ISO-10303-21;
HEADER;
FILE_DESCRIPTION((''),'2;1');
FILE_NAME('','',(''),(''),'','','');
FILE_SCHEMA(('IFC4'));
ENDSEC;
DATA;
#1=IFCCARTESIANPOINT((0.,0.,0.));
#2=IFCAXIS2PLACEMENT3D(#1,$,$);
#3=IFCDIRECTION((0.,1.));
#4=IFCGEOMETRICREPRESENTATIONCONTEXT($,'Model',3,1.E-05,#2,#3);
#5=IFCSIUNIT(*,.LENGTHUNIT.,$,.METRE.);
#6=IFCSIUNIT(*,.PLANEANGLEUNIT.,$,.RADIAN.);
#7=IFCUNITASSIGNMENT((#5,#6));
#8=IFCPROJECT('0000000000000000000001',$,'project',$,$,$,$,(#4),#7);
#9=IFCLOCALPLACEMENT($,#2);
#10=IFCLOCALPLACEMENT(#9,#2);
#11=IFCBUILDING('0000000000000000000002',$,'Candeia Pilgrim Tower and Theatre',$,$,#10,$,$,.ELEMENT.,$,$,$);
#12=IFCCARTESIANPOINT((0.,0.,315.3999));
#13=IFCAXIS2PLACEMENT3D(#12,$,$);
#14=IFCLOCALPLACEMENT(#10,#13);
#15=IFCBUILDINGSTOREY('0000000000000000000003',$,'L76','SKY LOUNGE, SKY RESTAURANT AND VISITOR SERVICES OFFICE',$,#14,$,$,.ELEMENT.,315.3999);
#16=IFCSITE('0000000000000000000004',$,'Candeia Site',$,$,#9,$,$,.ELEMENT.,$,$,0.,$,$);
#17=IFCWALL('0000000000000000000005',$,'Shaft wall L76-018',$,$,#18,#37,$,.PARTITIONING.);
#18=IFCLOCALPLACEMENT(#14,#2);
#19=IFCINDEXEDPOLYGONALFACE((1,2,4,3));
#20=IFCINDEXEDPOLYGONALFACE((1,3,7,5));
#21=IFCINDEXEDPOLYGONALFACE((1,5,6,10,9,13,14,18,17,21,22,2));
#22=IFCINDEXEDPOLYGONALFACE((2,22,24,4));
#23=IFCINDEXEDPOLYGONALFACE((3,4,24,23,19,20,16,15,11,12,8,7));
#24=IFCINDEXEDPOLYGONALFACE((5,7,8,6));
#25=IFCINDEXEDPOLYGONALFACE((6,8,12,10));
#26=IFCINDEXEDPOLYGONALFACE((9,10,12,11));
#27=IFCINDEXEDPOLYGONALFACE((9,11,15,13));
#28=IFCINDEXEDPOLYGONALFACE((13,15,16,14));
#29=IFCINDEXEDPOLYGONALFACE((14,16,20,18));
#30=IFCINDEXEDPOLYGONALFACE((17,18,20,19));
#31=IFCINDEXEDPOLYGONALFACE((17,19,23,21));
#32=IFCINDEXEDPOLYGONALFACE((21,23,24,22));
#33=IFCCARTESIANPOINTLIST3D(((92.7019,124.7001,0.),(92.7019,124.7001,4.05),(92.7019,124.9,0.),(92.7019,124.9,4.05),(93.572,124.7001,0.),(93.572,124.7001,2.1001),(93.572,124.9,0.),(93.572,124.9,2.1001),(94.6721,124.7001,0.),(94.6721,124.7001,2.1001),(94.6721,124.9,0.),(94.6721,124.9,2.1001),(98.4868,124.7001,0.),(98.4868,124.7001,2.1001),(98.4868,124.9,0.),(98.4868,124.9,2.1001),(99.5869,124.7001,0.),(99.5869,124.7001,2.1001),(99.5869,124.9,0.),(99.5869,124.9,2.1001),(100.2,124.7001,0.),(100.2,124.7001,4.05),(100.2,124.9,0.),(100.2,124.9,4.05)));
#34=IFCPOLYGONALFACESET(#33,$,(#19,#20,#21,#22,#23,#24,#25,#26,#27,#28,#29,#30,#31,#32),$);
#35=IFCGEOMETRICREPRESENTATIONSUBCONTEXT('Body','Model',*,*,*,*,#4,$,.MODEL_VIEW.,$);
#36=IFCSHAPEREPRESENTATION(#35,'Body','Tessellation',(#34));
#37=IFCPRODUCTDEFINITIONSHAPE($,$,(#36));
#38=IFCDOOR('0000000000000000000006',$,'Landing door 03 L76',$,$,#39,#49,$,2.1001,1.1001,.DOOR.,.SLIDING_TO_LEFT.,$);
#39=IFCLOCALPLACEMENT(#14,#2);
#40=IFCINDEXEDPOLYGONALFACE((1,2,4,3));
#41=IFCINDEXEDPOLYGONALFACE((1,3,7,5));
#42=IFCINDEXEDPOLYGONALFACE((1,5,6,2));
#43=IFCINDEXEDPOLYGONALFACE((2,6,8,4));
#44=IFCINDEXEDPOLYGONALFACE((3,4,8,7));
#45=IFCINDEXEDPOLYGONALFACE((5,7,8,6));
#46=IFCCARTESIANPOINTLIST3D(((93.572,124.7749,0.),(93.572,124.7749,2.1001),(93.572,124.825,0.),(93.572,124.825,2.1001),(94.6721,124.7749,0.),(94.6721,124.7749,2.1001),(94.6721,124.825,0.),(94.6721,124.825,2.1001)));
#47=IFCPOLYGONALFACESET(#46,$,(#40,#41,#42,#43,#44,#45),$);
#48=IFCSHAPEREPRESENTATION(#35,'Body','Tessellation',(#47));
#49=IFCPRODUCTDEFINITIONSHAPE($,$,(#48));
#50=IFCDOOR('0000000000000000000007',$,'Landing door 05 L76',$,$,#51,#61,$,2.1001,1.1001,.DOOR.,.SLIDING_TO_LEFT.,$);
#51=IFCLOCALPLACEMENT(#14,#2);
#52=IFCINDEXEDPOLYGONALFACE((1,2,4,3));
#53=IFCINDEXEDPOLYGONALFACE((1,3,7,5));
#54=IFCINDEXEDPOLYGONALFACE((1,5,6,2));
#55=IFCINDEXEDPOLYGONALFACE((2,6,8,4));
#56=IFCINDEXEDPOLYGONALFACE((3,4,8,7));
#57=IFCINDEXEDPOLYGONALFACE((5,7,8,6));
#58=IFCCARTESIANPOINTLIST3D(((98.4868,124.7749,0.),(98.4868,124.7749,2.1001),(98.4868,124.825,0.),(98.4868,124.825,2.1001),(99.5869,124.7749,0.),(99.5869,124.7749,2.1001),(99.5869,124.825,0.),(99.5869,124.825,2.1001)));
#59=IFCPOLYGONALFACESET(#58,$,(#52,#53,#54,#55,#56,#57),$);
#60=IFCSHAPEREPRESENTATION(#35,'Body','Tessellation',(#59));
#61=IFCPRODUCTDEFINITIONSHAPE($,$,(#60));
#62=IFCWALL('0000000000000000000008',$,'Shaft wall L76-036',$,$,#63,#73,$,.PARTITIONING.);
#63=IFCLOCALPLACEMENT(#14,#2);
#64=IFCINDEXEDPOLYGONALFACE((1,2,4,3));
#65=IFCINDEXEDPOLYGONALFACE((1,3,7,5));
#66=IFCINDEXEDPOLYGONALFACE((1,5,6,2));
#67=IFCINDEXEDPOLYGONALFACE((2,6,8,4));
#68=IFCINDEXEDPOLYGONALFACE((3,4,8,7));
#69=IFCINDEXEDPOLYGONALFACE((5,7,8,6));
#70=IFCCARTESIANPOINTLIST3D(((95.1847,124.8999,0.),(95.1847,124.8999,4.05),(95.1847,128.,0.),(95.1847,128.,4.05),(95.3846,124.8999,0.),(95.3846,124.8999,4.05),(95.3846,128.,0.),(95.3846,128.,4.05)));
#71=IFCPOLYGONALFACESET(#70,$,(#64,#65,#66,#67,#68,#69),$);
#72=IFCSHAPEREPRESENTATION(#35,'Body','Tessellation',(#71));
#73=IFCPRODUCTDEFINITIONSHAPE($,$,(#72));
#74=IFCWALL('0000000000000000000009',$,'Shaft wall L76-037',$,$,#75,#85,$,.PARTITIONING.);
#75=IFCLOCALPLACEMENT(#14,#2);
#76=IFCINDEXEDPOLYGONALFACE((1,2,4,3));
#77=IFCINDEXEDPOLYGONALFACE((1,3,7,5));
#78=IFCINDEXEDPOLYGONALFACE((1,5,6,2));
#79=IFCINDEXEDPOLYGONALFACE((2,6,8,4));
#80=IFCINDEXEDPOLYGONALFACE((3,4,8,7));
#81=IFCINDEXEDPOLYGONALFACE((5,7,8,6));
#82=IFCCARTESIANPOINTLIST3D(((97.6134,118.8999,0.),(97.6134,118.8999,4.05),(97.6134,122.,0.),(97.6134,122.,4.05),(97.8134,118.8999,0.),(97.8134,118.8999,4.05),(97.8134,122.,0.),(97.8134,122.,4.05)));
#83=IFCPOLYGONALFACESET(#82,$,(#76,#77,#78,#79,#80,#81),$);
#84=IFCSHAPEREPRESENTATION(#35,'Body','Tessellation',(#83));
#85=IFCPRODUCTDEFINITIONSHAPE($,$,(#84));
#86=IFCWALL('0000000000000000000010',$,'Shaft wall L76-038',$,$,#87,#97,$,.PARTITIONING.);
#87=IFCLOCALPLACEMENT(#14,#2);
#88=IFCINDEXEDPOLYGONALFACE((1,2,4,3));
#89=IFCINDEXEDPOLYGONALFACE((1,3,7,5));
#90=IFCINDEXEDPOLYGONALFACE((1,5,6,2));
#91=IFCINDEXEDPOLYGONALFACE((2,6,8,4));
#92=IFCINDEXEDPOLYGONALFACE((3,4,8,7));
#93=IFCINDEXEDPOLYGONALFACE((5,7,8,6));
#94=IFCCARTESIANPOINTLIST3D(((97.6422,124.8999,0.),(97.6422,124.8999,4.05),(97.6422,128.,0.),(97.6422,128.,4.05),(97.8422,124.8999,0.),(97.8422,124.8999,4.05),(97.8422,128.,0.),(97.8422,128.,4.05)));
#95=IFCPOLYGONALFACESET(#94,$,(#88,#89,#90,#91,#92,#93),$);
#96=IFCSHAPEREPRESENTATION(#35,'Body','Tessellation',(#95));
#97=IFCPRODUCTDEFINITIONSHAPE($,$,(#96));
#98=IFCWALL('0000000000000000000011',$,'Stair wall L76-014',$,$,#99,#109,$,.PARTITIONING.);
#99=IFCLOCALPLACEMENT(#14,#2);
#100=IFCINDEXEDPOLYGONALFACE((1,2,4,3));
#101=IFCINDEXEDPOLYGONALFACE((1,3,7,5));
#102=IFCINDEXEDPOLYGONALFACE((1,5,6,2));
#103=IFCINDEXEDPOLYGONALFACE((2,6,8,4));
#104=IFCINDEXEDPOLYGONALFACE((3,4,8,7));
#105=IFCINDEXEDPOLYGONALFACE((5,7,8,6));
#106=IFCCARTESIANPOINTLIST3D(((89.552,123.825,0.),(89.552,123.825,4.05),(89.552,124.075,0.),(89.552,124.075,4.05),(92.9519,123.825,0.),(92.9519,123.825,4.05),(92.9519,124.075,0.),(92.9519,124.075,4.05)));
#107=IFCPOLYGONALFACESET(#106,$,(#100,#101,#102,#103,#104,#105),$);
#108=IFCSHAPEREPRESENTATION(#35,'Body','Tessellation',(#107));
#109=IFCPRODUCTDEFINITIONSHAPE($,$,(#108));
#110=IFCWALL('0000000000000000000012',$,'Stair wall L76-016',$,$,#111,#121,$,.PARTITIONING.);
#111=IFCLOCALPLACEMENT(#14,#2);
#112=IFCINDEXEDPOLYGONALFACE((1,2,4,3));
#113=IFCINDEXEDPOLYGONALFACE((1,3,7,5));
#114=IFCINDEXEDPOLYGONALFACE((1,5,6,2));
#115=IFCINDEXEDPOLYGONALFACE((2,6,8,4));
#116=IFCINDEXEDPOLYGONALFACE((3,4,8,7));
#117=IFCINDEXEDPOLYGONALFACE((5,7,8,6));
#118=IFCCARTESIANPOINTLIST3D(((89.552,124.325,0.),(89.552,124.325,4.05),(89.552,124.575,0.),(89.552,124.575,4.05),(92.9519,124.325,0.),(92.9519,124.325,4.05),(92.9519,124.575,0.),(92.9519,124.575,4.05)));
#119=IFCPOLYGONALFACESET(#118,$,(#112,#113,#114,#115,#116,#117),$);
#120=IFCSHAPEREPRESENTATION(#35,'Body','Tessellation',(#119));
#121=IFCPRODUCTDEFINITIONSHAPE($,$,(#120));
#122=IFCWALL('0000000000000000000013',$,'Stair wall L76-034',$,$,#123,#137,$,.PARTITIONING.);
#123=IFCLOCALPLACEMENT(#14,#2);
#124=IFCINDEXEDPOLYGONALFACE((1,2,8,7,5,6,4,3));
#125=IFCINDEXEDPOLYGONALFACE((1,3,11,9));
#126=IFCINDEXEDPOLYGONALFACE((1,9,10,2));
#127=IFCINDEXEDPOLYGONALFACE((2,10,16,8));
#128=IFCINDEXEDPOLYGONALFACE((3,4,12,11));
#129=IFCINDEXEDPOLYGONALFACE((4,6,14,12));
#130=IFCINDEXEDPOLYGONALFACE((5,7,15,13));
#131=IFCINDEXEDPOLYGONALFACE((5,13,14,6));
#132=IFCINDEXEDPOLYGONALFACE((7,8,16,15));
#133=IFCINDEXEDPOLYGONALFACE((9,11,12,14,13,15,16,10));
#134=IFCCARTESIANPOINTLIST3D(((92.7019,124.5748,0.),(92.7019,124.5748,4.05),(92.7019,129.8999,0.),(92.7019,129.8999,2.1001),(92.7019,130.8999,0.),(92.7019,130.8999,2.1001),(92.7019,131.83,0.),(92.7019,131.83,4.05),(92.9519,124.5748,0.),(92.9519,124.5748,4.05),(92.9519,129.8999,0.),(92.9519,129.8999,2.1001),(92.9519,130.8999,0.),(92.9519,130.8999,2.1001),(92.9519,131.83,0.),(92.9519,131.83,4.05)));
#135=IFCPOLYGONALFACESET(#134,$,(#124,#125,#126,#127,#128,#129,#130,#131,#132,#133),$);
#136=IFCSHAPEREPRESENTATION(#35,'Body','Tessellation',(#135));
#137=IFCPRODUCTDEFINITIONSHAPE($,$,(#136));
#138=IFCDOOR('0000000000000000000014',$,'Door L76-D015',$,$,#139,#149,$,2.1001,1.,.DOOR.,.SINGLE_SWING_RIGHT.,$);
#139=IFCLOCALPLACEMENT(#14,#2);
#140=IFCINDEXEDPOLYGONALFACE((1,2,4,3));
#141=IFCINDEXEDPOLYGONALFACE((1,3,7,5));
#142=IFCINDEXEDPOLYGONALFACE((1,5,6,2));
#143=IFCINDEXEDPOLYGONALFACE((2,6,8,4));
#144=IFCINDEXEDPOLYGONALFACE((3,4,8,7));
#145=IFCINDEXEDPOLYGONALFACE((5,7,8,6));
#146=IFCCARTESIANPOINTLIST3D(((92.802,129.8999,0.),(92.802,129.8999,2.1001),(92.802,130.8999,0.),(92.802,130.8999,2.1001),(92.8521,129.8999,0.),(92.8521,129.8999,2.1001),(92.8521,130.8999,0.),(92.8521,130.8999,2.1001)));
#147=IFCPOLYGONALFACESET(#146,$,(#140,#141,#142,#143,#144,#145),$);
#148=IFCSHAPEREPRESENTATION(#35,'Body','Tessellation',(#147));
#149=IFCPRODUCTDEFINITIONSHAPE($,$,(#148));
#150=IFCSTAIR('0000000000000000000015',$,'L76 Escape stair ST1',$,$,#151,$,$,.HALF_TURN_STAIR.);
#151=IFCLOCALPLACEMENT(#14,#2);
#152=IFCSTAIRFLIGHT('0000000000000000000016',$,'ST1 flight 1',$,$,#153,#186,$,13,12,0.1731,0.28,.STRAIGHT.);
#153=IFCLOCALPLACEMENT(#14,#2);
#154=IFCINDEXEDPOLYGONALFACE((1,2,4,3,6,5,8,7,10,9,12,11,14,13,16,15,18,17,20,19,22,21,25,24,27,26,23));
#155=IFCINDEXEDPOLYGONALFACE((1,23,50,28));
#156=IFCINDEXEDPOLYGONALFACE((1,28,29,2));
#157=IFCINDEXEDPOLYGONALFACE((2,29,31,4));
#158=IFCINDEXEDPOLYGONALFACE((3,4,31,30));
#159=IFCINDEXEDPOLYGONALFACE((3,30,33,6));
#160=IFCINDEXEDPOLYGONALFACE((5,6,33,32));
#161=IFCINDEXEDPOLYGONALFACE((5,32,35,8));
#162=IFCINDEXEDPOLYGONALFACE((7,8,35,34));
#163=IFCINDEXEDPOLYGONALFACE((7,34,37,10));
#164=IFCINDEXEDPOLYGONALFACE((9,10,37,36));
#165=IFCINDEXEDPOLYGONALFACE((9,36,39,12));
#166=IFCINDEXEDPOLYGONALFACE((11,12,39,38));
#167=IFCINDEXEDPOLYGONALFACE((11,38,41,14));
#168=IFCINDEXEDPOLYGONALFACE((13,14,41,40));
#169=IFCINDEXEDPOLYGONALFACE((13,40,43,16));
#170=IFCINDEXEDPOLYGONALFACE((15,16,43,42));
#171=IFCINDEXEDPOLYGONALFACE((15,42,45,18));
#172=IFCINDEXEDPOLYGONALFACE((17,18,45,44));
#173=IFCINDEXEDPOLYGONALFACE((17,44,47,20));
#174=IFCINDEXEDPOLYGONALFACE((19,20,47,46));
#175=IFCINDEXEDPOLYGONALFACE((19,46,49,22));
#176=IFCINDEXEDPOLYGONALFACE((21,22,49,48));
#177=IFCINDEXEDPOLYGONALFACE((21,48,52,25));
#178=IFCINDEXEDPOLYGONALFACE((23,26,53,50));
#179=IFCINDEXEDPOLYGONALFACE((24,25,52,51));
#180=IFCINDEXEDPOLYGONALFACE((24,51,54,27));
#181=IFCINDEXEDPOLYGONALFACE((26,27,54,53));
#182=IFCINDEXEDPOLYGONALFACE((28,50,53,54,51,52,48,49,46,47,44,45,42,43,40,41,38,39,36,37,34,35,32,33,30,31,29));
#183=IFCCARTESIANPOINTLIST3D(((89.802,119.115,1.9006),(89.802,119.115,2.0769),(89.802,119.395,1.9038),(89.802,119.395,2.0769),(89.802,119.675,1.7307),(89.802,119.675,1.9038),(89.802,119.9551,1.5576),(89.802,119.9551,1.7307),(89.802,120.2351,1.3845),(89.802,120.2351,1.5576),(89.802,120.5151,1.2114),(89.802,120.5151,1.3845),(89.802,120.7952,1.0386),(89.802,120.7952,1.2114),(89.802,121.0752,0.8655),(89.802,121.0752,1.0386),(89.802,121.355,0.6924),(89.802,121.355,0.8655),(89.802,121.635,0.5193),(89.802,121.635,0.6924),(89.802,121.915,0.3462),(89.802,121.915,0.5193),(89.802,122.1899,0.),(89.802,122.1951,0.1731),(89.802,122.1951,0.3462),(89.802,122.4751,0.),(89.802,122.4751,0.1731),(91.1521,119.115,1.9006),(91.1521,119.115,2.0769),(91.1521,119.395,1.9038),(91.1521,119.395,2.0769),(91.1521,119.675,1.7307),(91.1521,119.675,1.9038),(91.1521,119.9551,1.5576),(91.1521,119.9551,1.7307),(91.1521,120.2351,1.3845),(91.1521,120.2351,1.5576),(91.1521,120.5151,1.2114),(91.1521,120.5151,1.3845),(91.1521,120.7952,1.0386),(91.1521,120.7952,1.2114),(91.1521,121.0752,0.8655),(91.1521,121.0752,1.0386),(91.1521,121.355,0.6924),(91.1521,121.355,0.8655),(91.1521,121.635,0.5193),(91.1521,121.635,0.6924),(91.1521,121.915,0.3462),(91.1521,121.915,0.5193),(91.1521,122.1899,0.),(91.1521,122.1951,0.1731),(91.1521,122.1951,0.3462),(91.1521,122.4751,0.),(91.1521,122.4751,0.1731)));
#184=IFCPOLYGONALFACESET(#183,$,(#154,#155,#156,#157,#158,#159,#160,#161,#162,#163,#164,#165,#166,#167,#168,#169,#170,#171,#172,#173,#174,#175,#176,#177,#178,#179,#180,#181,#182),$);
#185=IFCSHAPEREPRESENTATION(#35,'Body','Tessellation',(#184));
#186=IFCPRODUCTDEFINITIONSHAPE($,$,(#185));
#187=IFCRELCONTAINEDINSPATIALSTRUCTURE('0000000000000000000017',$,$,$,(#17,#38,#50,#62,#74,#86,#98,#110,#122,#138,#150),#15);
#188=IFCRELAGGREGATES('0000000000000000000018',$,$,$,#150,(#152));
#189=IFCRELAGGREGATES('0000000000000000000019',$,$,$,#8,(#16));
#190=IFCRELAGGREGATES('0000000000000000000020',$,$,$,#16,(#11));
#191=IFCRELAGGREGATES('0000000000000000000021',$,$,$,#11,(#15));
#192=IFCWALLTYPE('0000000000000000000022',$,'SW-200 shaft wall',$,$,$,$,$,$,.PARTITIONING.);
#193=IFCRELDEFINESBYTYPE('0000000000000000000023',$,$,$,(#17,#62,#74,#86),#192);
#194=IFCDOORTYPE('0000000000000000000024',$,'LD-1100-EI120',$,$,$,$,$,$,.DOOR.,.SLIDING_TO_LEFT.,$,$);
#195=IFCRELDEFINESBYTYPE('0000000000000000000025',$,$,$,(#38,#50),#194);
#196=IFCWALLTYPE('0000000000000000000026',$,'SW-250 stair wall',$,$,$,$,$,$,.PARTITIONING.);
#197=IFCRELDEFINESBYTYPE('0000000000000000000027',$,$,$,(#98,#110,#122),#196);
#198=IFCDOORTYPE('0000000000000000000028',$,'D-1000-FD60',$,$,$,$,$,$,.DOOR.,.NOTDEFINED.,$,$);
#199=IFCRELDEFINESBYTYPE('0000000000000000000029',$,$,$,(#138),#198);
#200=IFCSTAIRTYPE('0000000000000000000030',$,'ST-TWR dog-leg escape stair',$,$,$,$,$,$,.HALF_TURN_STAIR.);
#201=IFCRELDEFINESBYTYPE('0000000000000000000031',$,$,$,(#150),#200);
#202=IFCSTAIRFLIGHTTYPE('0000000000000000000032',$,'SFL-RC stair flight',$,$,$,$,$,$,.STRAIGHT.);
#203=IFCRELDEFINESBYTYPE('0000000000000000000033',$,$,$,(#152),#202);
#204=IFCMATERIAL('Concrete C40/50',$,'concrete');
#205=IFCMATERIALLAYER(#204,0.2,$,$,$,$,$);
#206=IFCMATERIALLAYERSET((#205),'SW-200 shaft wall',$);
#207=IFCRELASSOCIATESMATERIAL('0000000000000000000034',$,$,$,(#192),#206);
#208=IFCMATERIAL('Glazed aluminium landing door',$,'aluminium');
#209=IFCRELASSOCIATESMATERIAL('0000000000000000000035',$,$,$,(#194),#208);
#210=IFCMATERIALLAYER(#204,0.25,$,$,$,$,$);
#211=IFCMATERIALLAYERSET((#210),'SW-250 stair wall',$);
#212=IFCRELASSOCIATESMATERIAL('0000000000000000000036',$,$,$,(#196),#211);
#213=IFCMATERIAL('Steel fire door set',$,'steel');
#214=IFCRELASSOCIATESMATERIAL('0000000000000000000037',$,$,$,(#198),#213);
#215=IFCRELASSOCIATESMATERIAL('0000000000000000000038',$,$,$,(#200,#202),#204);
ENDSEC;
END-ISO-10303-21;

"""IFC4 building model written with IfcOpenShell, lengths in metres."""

from ifc_helpers import new_model, si_unit, direction, frame, frame_2d, origin, place, context, subcontext, project, spatial, polyline, rectangle, outline, extrude, material, layer, layer_set, type_object, element, fill, aggregate, save


model = new_model("IFC4")

# Units and contexts
model_context = context("Model", 3, precision=1e-05, world=origin(), true_north=direction((0.0, 1.0)))
body_context = subcontext(model_context, "Body", "Model", "MODEL_VIEW")
ifc_project = project(units=[si_unit("LENGTHUNIT", "METRE"), si_unit("PLANEANGLEUNIT", "RADIAN")], contexts=[model_context])

# Site, building, storey
site_placement = place(None, origin())
site = spatial("IfcSite", under=ifc_project, at=site_placement, Name="Candeia Site", CompositionType="ELEMENT", RefElevation=0.0)
building_placement = place(site_placement, origin())
building = spatial("IfcBuilding", under=site, at=building_placement, Name="Candeia Pilgrim Tower and Theatre", CompositionType="ELEMENT")
storey_placement = place(building_placement, frame((0.0, 0.0, 315.3999)))
storey = spatial("IfcBuildingStorey", under=building, at=storey_placement, Name="L76", Description="SKY LOUNGE, SKY RESTAURANT AND VISITOR SERVICES OFFICE", CompositionType="ELEMENT", Elevation=315.3999)

# Shared definitions
ifc_material_1 = material(Name="Steel fire door set", Category="steel")

# Shared definitions
ifc_material_2 = material(Name="Concrete C40/50", Category="concrete")
ifc_layer_1 = layer(ifc_material_2, 0.2)
ifc_layer_set_1 = layer_set([ifc_layer_1], Name="SW-200 shaft wall")
wall_type_1 = type_object("IfcWallType", Name="SW-200 shaft wall", PredefinedType="PARTITIONING", material=ifc_layer_set_1)

# Wall, openings, doors
ifc_material_3 = material(Name="Glazed aluminium landing door", Category="aluminium")
door_type_1 = type_object("IfcDoorType", Name="LD-1100-EI120", OperationType="SLIDING_TO_LEFT", PredefinedType="DOOR", material=ifc_material_3)
wall_1_placement = place(storey_placement, frame((92.7019, 124.8, 0.0), z_axis=(0.0, 0.0, 1.0), x_axis=(1.0, 0.0, 0.0)))
wall_1 = element("IfcWall", 1, at=wall_1_placement, inside=storey, type_object=wall_type_1, Name="Shaft wall L76-018", PredefinedType="PARTITIONING", context=body_context, shape_type="SweptSolid", body=[
    extrude(rectangle(XDim=7.498, YDim=0.2, at=frame_2d((3.749, 0.0))), origin(), (0.0, 0.0, 1.0), 4.05),
])
opening_1_placement = place(wall_1_placement, frame((0.8701, 0.0, 0.0)))
opening_1 = element("IfcOpeningElement", 2, at=opening_1_placement, cuts=wall_1, PredefinedType="OPENING", context=body_context, shape_type="SweptSolid", body=[
    extrude(rectangle(XDim=1.1001, YDim=2.1001, at=frame_2d((0.55, 1.05))), frame((0.0, 0.1099, 0.0), z_axis=(0.0, -1.0, 0.0), x_axis=(1.0, 0.0, 0.0)), (0.0, 0.0, 1.0), 0.22),
])
opening_2_placement = place(wall_1_placement, frame((5.7849, 0.0, 0.0)))
opening_2 = element("IfcOpeningElement", 3, at=opening_2_placement, cuts=wall_1, PredefinedType="OPENING", context=body_context, shape_type="SweptSolid", body=[
    extrude(rectangle(XDim=1.1001, YDim=2.1001, at=frame_2d((0.55, 1.05))), frame((0.0, 0.1099, 0.0), z_axis=(0.0, -1.0, 0.0), x_axis=(1.0, 0.0, 0.0)), (0.0, 0.0, 1.0), 0.22),
])
door_1_placement = place(opening_1_placement, origin())
door_1 = element("IfcDoor", 4, at=door_1_placement, inside=storey, type_object=door_type_1, Name="Landing door 03 L76", OperationType="SLIDING_TO_LEFT", OverallHeight=2.1001, OverallWidth=1.1001, PredefinedType="DOOR", context=body_context, shape_type="SweptSolid", body=[
    extrude(rectangle(XDim=1.1001, YDim=2.1001, at=frame_2d((0.55, 1.05))), frame((0.0, 0.0249, 0.0), z_axis=(0.0, -1.0, 0.0), x_axis=(1.0, 0.0, 0.0)), (0.0, 0.0, 1.0), 0.05),
])
fill(opening_1, door_1)
door_2_placement = place(opening_2_placement, origin())
door_2 = element("IfcDoor", 5, at=door_2_placement, inside=storey, type_object=door_type_1, Name="Landing door 05 L76", OperationType="SLIDING_TO_LEFT", OverallHeight=2.1001, OverallWidth=1.1001, PredefinedType="DOOR", context=body_context, shape_type="SweptSolid", body=[
    extrude(rectangle(XDim=1.1001, YDim=2.1001, at=frame_2d((0.55, 1.05))), frame((0.0, 0.0249, 0.0), z_axis=(0.0, -1.0, 0.0), x_axis=(1.0, 0.0, 0.0)), (0.0, 0.0, 1.0), 0.05),
])
fill(opening_2, door_2)

# Walls
for number, where, z_axis, x_axis, name in (
    (6, (95.2847, 124.8999, 0.0), (0.0, 0.0, 1.0), (0.0, 1.0, 0.0), "Shaft wall L76-036"),
    (7, (97.7134, 118.8999, 0.0), (0.0, 0.0, 1.0), (0.0, 1.0, 0.0), "Shaft wall L76-037"),
    (8, (97.7422, 124.8999, 0.0), (0.0, 0.0, 1.0), (0.0, 1.0, 0.0), "Shaft wall L76-038"),
):
    element("IfcWall", number, at=place(storey_placement, frame(where, z_axis=z_axis, x_axis=x_axis)), inside=storey, type_object=wall_type_1, Name=name, PredefinedType="PARTITIONING", context=body_context, shape_type="SweptSolid", body=[
        extrude(rectangle(XDim=3.1001, YDim=0.2, at=frame_2d((1.55, 0.0))), origin(), (0.0, 0.0, 1.0), 4.05),
    ])
ifc_layer_2 = layer(ifc_material_2, 0.25)
ifc_layer_set_2 = layer_set([ifc_layer_2], Name="SW-250 stair wall")
wall_type_2 = type_object("IfcWallType", Name="SW-250 stair wall", PredefinedType="PARTITIONING", material=ifc_layer_set_2)
for number, where, z_axis, x_axis, name in (
    (9, (89.552, 123.95, 0.0), (0.0, 0.0, 1.0), (1.0, 0.0, 0.0), "Stair wall L76-014"),
    (10, (89.552, 124.45, 0.0), (0.0, 0.0, 1.0), (1.0, 0.0, 0.0), "Stair wall L76-016"),
):
    element("IfcWall", number, at=place(storey_placement, frame(where, z_axis=z_axis, x_axis=x_axis)), inside=storey, type_object=wall_type_2, Name=name, PredefinedType="PARTITIONING", context=body_context, shape_type="SweptSolid", body=[
        extrude(rectangle(XDim=3.3999, YDim=0.25, at=frame_2d((1.7, 0.0))), origin(), (0.0, 0.0, 1.0), 4.05),
    ])

# Wall, opening, door
wall_2_placement = place(storey_placement, frame((92.8269, 124.575, 0.0), z_axis=(0.0, 0.0, 1.0), x_axis=(0.0, 1.0, 0.0)))
wall_2 = element("IfcWall", 11, at=wall_2_placement, inside=storey, type_object=wall_type_2, Name="Stair wall L76-034", PredefinedType="PARTITIONING", context=body_context, shape_type="SweptSolid", body=[
    extrude(rectangle(XDim=7.2551, YDim=0.25, at=frame_2d((3.6274, 0.0))), origin(), (0.0, 0.0, 1.0), 4.05),
])
opening_3_placement = place(wall_2_placement, frame((5.325, 0.0, 0.0)))
opening_3 = element("IfcOpeningElement", 12, at=opening_3_placement, cuts=wall_2, PredefinedType="OPENING", context=body_context, shape_type="SweptSolid", body=[
    extrude(rectangle(XDim=1.0, YDim=2.1001, at=frame_2d((0.5, 1.05))), frame((0.0, 0.135, 0.0), z_axis=(0.0, -1.0, 0.0), x_axis=(1.0, 0.0, 0.0)), (0.0, 0.0, 1.0), 0.27),
])
door_type_2 = type_object("IfcDoorType", Name="D-1000-FD60", OperationType="NOTDEFINED", PredefinedType="DOOR", material=ifc_material_1)
door_3_placement = place(opening_3_placement, origin())
door_3 = element("IfcDoor", 13, at=door_3_placement, inside=storey, type_object=door_type_2, Name="Door L76-D015", OperationType="SINGLE_SWING_RIGHT", OverallHeight=2.1001, OverallWidth=1.0, PredefinedType="DOOR", context=body_context, shape_type="SweptSolid", body=[
    extrude(rectangle(XDim=1.0, YDim=2.1001, at=frame_2d((0.5, 1.05))), frame((0.0, 0.0249, 0.0), z_axis=(0.0, -1.0, 0.0), x_axis=(1.0, 0.0, 0.0)), (0.0, 0.0, 1.0), 0.05),
])
fill(opening_3, door_3)

# Stair, stair flight
stair_type = type_object("IfcStairType", Name="ST-TWR dog-leg escape stair", PredefinedType="HALF_TURN_STAIR", material=ifc_material_2)
stair_1_placement = place(storey_placement, origin())
stair_1 = element("IfcStair", 14, at=stair_1_placement, inside=storey, type_object=stair_type, Name="L76 Escape stair ST1", PredefinedType="HALF_TURN_STAIR")
stair_flight_type = type_object("IfcStairFlightType", Name="SFL-RC stair flight", PredefinedType="STRAIGHT", material=ifc_material_2)
stair_flight_1_placement = place(storey_placement, frame((90.4771, 122.4751, 0.0), z_axis=(0.0, 0.0, 1.0), x_axis=(0.0, -1.0, 0.0)))
stair_flight_1 = element("IfcStairFlight", 15, at=stair_flight_1_placement, type_object=stair_flight_type, Name="ST1 flight 1", NumberOfRisers=13, NumberOfTreads=12, PredefinedType="STRAIGHT", RiserHeight=0.1731, TreadLength=0.28, context=body_context, shape_type="SweptSolid", body=[
    extrude(outline(polyline([(0.0, 0.0), (0.0, 0.1731), (0.28, 0.1731), (0.28, 0.3462), (0.5601, 0.3462), (0.5601, 0.5193), (0.8401, 0.5193), (0.8401, 0.6924), (1.1201, 0.6924), (1.1201, 0.8655), (1.3999, 0.8655), (1.3999, 1.0386), (1.6799, 1.0386), (1.6799, 1.2114), (1.96, 1.2114), (1.96, 1.3845), (2.24, 1.3845), (2.24, 1.5576), (2.52, 1.5576), (2.52, 1.7307), (2.8, 1.7307), (2.8, 1.9038), (3.0801, 1.9038), (3.0801, 2.0769), (3.3601, 2.0769), (3.3601, 2.25), (3.3601, 1.9006), (0.2852, 0.0), (0.0, 0.0)])), frame((0.0, 0.675, 0.0), z_axis=(0.0, -1.0, 0.0), x_axis=(1.0, 0.0, 0.0)), (0.0, 0.0, 1.0), 1.3501),
])
aggregate(stair_1, [stair_flight_1])

save(model, "model.ifc")
